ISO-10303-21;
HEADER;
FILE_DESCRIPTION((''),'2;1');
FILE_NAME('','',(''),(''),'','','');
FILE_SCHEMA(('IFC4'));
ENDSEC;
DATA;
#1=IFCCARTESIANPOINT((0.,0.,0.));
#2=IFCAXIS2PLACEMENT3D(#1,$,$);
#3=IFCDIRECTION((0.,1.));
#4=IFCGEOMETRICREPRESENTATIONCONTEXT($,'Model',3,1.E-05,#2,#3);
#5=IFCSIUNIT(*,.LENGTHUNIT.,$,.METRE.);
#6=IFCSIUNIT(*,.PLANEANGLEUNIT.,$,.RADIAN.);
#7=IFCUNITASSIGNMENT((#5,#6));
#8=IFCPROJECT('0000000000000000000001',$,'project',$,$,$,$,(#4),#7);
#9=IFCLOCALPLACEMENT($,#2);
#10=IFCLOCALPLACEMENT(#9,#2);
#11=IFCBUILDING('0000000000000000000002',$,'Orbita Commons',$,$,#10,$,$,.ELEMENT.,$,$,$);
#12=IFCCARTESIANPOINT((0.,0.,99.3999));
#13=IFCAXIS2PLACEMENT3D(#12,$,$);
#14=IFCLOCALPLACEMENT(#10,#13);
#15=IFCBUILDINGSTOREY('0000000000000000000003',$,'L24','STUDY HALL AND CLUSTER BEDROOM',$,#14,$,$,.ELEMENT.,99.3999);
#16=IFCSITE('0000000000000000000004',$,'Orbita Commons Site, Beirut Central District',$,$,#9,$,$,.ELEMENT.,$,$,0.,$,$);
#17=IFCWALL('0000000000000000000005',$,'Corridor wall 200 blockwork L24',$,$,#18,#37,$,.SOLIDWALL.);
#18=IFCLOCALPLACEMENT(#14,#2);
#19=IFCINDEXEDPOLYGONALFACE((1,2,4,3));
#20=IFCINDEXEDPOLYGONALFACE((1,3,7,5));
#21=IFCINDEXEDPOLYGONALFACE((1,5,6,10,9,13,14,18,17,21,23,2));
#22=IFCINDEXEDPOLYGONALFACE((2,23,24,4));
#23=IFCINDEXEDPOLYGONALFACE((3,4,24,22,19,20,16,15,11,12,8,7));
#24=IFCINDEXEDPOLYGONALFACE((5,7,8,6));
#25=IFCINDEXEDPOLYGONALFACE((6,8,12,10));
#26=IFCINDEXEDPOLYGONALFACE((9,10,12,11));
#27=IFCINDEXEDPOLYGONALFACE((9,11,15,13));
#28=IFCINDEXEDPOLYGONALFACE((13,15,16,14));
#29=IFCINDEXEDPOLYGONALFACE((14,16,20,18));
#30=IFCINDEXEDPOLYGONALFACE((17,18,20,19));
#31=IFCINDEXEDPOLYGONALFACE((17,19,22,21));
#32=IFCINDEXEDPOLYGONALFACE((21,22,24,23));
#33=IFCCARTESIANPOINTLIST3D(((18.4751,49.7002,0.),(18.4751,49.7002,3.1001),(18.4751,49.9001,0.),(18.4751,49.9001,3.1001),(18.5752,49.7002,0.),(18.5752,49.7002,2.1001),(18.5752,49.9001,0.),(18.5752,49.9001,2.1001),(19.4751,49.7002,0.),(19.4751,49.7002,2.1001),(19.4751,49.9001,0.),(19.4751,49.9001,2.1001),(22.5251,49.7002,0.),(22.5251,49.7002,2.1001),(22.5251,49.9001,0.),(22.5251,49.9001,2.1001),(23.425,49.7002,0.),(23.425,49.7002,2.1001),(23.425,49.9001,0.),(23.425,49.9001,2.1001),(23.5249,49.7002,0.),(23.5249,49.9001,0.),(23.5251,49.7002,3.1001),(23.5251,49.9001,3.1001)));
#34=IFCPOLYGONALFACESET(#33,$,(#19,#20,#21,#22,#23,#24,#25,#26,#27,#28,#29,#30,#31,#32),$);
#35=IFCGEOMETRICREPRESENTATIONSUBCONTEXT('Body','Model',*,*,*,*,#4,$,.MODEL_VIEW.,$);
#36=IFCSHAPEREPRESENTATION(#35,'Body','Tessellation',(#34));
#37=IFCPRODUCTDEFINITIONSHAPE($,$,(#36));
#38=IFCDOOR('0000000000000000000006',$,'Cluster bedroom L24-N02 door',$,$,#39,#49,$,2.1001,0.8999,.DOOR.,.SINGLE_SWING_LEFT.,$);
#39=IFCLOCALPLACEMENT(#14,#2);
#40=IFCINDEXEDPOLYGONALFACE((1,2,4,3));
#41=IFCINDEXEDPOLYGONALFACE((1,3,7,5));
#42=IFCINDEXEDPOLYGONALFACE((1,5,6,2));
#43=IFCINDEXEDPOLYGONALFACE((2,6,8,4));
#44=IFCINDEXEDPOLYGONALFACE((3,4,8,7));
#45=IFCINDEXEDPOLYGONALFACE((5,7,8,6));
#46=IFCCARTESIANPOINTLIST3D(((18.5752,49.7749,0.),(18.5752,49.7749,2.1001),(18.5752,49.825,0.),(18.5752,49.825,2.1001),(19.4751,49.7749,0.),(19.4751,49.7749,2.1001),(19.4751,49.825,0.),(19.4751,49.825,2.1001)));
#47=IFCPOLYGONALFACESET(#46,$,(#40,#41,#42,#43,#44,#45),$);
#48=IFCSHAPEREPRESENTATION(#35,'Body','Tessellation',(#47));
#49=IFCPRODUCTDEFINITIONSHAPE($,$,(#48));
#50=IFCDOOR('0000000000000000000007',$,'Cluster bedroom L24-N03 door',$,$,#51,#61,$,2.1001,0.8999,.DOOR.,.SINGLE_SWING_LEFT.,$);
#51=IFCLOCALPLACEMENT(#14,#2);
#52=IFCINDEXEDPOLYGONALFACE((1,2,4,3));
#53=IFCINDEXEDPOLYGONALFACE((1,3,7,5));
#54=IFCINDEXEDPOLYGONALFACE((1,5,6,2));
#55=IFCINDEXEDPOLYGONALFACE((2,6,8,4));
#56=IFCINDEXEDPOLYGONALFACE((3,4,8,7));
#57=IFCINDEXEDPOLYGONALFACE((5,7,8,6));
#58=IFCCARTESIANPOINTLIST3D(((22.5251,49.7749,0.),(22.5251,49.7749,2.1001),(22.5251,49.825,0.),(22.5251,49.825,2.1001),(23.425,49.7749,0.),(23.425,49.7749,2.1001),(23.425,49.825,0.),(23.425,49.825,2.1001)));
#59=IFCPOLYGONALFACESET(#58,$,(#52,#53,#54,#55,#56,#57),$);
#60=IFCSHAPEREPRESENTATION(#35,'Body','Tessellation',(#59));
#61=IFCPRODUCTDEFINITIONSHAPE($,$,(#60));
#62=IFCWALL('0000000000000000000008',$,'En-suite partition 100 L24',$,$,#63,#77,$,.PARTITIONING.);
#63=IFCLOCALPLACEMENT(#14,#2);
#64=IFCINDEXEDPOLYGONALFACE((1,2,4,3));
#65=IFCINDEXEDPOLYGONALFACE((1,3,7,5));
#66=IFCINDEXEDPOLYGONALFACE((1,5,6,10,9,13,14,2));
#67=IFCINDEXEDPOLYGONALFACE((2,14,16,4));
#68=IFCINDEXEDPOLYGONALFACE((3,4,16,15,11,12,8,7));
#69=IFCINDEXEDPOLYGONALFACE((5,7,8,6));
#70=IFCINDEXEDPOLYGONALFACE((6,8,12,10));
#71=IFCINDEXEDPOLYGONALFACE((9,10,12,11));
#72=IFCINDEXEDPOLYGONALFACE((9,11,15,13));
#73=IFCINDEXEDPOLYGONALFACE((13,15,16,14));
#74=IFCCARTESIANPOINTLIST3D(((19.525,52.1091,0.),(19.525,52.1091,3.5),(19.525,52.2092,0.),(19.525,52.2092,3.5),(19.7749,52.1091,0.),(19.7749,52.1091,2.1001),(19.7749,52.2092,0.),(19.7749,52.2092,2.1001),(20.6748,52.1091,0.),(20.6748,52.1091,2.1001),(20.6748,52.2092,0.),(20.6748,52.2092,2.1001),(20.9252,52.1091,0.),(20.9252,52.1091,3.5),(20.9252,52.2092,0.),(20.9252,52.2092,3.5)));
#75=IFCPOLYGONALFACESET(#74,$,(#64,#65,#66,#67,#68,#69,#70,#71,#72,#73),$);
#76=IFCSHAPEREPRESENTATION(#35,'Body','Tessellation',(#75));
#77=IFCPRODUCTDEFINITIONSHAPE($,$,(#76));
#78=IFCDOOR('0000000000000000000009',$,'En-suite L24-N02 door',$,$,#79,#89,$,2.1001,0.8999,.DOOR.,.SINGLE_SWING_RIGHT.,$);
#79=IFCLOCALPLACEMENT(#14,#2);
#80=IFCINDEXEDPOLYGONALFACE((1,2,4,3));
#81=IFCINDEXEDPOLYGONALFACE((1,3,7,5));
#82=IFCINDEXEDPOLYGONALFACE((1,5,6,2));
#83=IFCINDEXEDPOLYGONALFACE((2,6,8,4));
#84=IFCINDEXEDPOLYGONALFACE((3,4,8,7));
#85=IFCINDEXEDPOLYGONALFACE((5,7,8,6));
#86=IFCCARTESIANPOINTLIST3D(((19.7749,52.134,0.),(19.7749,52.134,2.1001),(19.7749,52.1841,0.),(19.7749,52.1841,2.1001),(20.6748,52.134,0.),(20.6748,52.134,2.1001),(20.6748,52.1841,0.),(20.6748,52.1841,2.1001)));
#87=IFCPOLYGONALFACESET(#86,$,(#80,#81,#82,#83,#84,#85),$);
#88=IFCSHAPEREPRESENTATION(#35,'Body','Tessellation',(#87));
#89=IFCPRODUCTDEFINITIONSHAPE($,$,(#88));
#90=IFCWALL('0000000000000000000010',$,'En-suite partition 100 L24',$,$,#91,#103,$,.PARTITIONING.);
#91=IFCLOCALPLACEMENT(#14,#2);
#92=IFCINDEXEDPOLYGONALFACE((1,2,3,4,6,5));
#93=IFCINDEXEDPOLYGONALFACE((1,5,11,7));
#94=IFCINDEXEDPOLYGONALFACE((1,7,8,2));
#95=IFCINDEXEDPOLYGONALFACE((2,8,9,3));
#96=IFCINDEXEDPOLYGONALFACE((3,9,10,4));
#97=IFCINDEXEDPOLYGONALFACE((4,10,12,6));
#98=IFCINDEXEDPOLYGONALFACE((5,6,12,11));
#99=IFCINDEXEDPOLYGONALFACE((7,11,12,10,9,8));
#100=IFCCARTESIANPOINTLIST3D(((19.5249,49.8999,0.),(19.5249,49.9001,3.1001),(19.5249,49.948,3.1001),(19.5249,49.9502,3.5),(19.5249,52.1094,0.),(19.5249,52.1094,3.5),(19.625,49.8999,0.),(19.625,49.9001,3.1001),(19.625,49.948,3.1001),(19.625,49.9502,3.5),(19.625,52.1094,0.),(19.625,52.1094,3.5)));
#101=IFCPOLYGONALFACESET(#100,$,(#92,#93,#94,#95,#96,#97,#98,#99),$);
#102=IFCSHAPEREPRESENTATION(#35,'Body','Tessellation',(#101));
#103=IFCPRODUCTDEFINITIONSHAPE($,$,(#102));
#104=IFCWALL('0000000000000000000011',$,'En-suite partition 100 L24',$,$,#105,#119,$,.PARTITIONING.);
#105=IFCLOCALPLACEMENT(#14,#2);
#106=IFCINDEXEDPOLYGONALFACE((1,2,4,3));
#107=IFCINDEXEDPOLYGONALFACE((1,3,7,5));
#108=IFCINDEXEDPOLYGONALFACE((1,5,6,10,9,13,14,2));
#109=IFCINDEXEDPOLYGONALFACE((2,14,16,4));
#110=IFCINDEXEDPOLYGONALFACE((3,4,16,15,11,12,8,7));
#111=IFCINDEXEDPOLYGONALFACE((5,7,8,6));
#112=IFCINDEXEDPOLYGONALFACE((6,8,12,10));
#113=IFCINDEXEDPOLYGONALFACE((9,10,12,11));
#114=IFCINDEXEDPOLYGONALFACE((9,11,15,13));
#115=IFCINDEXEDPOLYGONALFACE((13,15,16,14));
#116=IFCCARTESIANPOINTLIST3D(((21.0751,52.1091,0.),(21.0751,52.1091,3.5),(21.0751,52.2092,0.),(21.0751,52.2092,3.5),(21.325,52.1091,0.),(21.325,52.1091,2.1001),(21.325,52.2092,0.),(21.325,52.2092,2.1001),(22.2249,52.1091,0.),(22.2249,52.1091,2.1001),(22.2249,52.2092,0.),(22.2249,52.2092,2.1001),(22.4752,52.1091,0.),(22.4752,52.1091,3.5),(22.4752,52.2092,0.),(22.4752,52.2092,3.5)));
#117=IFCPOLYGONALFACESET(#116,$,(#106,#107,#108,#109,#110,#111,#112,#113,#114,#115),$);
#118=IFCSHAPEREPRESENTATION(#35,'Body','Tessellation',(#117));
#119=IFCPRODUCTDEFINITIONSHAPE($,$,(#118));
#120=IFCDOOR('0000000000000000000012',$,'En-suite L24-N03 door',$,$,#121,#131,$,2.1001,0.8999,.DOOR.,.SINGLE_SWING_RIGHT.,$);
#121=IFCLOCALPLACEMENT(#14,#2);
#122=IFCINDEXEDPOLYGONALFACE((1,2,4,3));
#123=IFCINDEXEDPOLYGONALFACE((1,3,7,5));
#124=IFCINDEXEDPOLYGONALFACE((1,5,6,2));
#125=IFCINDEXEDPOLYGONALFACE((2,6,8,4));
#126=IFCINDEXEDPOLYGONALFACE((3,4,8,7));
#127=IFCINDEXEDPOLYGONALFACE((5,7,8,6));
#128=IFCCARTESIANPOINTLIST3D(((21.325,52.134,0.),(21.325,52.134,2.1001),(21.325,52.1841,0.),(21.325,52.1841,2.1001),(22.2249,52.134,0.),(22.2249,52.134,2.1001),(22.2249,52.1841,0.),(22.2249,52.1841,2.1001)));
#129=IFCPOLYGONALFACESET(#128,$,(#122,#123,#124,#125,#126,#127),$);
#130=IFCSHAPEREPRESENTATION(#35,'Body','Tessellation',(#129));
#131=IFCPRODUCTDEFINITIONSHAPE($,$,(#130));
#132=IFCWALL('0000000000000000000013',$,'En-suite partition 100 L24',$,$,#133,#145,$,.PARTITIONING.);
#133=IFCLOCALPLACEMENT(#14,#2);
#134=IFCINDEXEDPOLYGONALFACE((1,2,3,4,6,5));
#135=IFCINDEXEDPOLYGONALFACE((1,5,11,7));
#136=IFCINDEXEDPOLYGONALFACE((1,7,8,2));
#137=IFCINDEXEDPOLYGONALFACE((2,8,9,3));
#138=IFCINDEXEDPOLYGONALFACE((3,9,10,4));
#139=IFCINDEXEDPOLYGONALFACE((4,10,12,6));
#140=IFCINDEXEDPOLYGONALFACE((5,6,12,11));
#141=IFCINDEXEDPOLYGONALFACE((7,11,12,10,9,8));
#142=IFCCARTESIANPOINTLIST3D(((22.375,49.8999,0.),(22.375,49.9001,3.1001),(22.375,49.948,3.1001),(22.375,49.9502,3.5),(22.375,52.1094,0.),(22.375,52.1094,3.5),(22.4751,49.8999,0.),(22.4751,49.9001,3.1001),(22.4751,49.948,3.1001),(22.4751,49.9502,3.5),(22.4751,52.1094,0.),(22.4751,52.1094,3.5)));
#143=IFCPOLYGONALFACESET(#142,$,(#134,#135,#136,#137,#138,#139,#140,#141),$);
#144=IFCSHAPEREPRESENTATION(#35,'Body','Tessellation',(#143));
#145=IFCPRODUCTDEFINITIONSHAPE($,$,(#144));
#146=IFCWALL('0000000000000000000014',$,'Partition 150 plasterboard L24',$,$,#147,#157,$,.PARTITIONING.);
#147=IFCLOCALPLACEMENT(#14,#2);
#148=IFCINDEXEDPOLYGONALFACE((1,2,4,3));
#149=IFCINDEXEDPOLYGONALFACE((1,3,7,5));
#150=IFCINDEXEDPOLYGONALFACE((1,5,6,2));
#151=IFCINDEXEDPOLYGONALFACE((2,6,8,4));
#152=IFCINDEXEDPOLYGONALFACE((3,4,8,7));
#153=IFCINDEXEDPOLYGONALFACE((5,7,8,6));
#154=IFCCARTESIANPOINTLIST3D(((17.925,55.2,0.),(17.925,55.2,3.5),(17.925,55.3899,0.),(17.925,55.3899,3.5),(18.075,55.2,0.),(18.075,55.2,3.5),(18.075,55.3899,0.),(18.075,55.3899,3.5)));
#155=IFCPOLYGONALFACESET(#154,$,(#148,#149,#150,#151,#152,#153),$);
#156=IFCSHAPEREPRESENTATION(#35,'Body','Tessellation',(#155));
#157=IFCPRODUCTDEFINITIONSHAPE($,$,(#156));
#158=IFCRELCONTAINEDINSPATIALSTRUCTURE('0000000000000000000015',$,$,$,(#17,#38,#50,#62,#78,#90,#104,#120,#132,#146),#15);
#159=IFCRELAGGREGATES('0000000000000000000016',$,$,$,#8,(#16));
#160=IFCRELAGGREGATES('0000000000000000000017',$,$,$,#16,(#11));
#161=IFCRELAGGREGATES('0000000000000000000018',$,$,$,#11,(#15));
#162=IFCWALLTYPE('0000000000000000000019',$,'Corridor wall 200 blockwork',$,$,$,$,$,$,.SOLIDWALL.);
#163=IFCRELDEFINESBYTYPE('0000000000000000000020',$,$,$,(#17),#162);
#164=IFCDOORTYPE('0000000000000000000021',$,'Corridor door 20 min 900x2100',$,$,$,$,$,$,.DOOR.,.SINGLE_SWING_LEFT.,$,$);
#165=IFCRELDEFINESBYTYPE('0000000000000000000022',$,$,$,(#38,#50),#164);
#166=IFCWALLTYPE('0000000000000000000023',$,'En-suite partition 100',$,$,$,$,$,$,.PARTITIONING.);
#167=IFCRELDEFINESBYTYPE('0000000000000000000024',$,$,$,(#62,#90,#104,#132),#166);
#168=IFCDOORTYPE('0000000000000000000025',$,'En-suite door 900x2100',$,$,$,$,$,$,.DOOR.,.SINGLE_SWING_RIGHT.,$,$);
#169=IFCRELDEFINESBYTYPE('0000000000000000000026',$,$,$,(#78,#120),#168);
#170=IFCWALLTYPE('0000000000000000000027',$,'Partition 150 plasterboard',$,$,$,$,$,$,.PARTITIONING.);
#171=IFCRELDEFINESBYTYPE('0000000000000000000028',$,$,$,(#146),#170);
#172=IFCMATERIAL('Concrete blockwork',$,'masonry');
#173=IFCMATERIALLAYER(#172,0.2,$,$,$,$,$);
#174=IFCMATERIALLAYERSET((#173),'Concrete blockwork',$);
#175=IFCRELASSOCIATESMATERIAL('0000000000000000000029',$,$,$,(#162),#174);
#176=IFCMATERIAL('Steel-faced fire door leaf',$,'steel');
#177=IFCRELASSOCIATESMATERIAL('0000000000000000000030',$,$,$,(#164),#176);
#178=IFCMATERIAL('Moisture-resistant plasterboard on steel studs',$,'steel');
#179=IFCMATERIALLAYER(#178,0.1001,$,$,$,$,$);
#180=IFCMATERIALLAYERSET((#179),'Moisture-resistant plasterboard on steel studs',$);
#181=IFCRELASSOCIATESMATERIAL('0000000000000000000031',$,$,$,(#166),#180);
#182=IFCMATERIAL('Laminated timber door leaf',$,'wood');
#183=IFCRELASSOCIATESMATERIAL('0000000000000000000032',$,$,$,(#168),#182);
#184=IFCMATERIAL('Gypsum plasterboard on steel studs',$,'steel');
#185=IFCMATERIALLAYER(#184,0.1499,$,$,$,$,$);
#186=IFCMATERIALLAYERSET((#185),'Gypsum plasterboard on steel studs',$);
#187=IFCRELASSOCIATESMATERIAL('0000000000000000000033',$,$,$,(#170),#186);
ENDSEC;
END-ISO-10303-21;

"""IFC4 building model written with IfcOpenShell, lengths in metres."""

from ifc_helpers import new_model, si_unit, direction, frame, frame_2d, origin, place, context, subcontext, project, spatial, polyline, rectangle, outline, extrude, material, layer, layer_set, type_object, element, fill, save


model = new_model("IFC4")

# Units and contexts
model_context = context("Model", 3, precision=1e-05, world=origin(), true_north=direction((0.0, 1.0)))
body_context = subcontext(model_context, "Body", "Model", "MODEL_VIEW")
ifc_project = project(units=[si_unit("LENGTHUNIT", "METRE"), si_unit("PLANEANGLEUNIT", "RADIAN")], contexts=[model_context])

# Site, building, storey
site_placement = place(None, origin())
site = spatial("IfcSite", under=ifc_project, at=site_placement, Name="Orbita Commons Site, Beirut Central District", CompositionType="ELEMENT", RefElevation=0.0)
building_placement = place(site_placement, origin())
building = spatial("IfcBuilding", under=site, at=building_placement, Name="Orbita Commons", CompositionType="ELEMENT")
storey_placement = place(building_placement, frame((0.0, 0.0, 99.3999)))
storey = spatial("IfcBuildingStorey", under=building, at=storey_placement, Name="L24", Description="STUDY HALL AND CLUSTER BEDROOM", CompositionType="ELEMENT", Elevation=99.3999)

# Wall, openings, doors
ifc_material_1 = material(Name="Concrete blockwork", Category="masonry")
ifc_layer_1 = layer(ifc_material_1, 0.2)
ifc_layer_set_1 = layer_set([ifc_layer_1], Name="Concrete blockwork")
wall_type_1 = type_object("IfcWallType", Name="Corridor wall 200 blockwork", PredefinedType="SOLIDWALL", material=ifc_layer_set_1)
wall_1_placement = place(storey_placement, frame((18.4751, 49.8, 0.0), z_axis=(0.0, 0.0, 1.0), x_axis=(1.0, 0.0, 0.0)))
wall_1 = element("IfcWall", 1, at=wall_1_placement, inside=storey, type_object=wall_type_1, Name="Corridor wall 200 blockwork L24", PredefinedType="SOLIDWALL", context=body_context, shape_type="SweptSolid", body=[
    extrude(outline(polyline([(0.0, 0.0), (5.0498, 0.0), (5.05, 3.1001), (0.0, 3.1001), (0.0, 0.0)])), frame((0.0, 0.1001, 0.0), z_axis=(0.0, -1.0, 0.0), x_axis=(1.0, 0.0, 0.0)), (0.0, 0.0, 1.0), 0.2),
])
opening_1_placement = place(wall_1_placement, frame((0.1001, 0.0, 0.0)))
opening_1 = element("IfcOpeningElement", 2, at=opening_1_placement, cuts=wall_1, PredefinedType="OPENING", context=body_context, shape_type="SweptSolid", body=[
    extrude(rectangle(XDim=0.8999, YDim=2.1001, at=frame_2d((0.45, 1.05))), frame((0.0, 0.1099, 0.0), z_axis=(0.0, -1.0, 0.0), x_axis=(1.0, 0.0, 0.0)), (0.0, 0.0, 1.0), 0.22),
])
opening_2_placement = place(wall_1_placement, frame((4.05, 0.0, 0.0)))
opening_2 = element("IfcOpeningElement", 3, at=opening_2_placement, cuts=wall_1, PredefinedType="OPENING", context=body_context, shape_type="SweptSolid", body=[
    extrude(rectangle(XDim=0.8999, YDim=2.1001, at=frame_2d((0.45, 1.05))), frame((0.0, 0.1099, 0.0), z_axis=(0.0, -1.0, 0.0), x_axis=(1.0, 0.0, 0.0)), (0.0, 0.0, 1.0), 0.22),
])
ifc_material_2 = material(Name="Steel-faced fire door leaf", Category="steel")
door_type_1 = type_object("IfcDoorType", Name="Corridor door 20 min 900x2100", OperationType="SINGLE_SWING_LEFT", PredefinedType="DOOR", material=ifc_material_2)
door_1_placement = place(opening_1_placement, origin())
door_1 = element("IfcDoor", 4, at=door_1_placement, inside=storey, type_object=door_type_1, Name="Cluster bedroom L24-N02 door", OperationType="SINGLE_SWING_LEFT", OverallHeight=2.1001, OverallWidth=0.8999, PredefinedType="DOOR", context=body_context, shape_type="SweptSolid", body=[
    extrude(rectangle(XDim=0.8999, YDim=2.1001, at=frame_2d((0.45, 1.05))), frame((0.0, 0.0249, 0.0), z_axis=(0.0, -1.0, 0.0), x_axis=(1.0, 0.0, 0.0)), (0.0, 0.0, 1.0), 0.05),
])
fill(opening_1, door_1)
door_2_placement = place(opening_2_placement, origin())
door_2 = element("IfcDoor", 5, at=door_2_placement, inside=storey, type_object=door_type_1, Name="Cluster bedroom L24-N03 door", OperationType="SINGLE_SWING_LEFT", OverallHeight=2.1001, OverallWidth=0.8999, PredefinedType="DOOR", context=body_context, shape_type="SweptSolid", body=[
    extrude(rectangle(XDim=0.8999, YDim=2.1001, at=frame_2d((0.45, 1.05))), frame((0.0, 0.0249, 0.0), z_axis=(0.0, -1.0, 0.0), x_axis=(1.0, 0.0, 0.0)), (0.0, 0.0, 1.0), 0.05),
])
fill(opening_2, door_2)

# Wall, opening, door
ifc_material_3 = material(Name="Moisture-resistant plasterboard on steel studs", Category="steel")
ifc_layer_2 = layer(ifc_material_3, 0.1001)
ifc_layer_set_2 = layer_set([ifc_layer_2], Name="Moisture-resistant plasterboard on steel studs")
wall_type_2 = type_object("IfcWallType", Name="En-suite partition 100", PredefinedType="PARTITIONING", material=ifc_layer_set_2)
wall_2_placement = place(storey_placement, frame((19.5249, 52.1592, 0.0), z_axis=(0.0, 0.0, 1.0), x_axis=(1.0, 0.0, 0.0)))
wall_2 = element("IfcWall", 6, at=wall_2_placement, inside=storey, type_object=wall_type_2, Name="En-suite partition 100 L24", PredefinedType="PARTITIONING", context=body_context, shape_type="SweptSolid", body=[
    extrude(rectangle(XDim=1.4001, YDim=0.1001, at=frame_2d((0.7002, 0.0))), origin(), (0.0, 0.0, 1.0), 3.5),
])
opening_3_placement = place(wall_2_placement, frame((0.25, 0.0, 0.0)))
opening_3 = element("IfcOpeningElement", 7, at=opening_3_placement, cuts=wall_2, PredefinedType="OPENING", context=body_context, shape_type="SweptSolid", body=[
    extrude(rectangle(XDim=0.8999, YDim=2.1001, at=frame_2d((0.45, 1.05))), frame((0.0, 0.0601, 0.0), z_axis=(0.0, -1.0, 0.0), x_axis=(1.0, 0.0, 0.0)), (0.0, 0.0, 1.0), 0.1201),
])
ifc_material_4 = material(Name="Laminated timber door leaf", Category="wood")
door_type_2 = type_object("IfcDoorType", Name="En-suite door 900x2100", OperationType="SINGLE_SWING_RIGHT", PredefinedType="DOOR", material=ifc_material_4)
door_3_placement = place(opening_3_placement, origin())
door_3 = element("IfcDoor", 8, at=door_3_placement, inside=storey, type_object=door_type_2, Name="En-suite L24-N02 door", OperationType="SINGLE_SWING_RIGHT", OverallHeight=2.1001, OverallWidth=0.8999, PredefinedType="DOOR", context=body_context, shape_type="SweptSolid", body=[
    extrude(rectangle(XDim=0.8999, YDim=2.1001, at=frame_2d((0.45, 1.05))), frame((0.0, 0.0249, 0.0), z_axis=(0.0, -1.0, 0.0), x_axis=(1.0, 0.0, 0.0)), (0.0, 0.0, 1.0), 0.05),
])
fill(opening_3, door_3)

# Wall
wall_3_placement = place(storey_placement, frame((19.575, 52.1094, 0.0), z_axis=(0.0, 0.0, 1.0), x_axis=(0.0, -1.0, 0.0)))
element("IfcWall", 9, at=wall_3_placement, inside=storey, type_object=wall_type_2, Name="En-suite partition 100 L24", PredefinedType="PARTITIONING", context=body_context, shape_type="SweptSolid", body=[
    extrude(outline(polyline([(0.0, 0.0), (2.2095, 0.0), (2.2092, 3.1001), (2.1614, 3.1001), (2.1592, 3.5), (0.0, 3.5), (0.0, 0.0)])), frame((0.0, 0.05, 0.0), z_axis=(0.0, -1.0, 0.0), x_axis=(1.0, 0.0, 0.0)), (0.0, 0.0, 1.0), 0.1001),
])

# Wall, opening, door
wall_4_placement = place(storey_placement, frame((21.075, 52.1592, 0.0), z_axis=(0.0, 0.0, 1.0), x_axis=(1.0, 0.0, 0.0)))
wall_4 = element("IfcWall", 10, at=wall_4_placement, inside=storey, type_object=wall_type_2, Name="En-suite partition 100 L24", PredefinedType="PARTITIONING", context=body_context, shape_type="SweptSolid", body=[
    extrude(rectangle(XDim=1.4001, YDim=0.1001, at=frame_2d((0.7002, 0.0))), origin(), (0.0, 0.0, 1.0), 3.5),
])
opening_4_placement = place(wall_4_placement, frame((0.25, 0.0, 0.0)))
opening_4 = element("IfcOpeningElement", 11, at=opening_4_placement, cuts=wall_4, PredefinedType="OPENING", context=body_context, shape_type="SweptSolid", body=[
    extrude(rectangle(XDim=0.8999, YDim=2.1001, at=frame_2d((0.45, 1.05))), frame((0.0, 0.0601, 0.0), z_axis=(0.0, -1.0, 0.0), x_axis=(1.0, 0.0, 0.0)), (0.0, 0.0, 1.0), 0.1201),
])
door_4_placement = place(opening_4_placement, origin())
door_4 = element("IfcDoor", 12, at=door_4_placement, inside=storey, type_object=door_type_2, Name="En-suite L24-N03 door", OperationType="SINGLE_SWING_RIGHT", OverallHeight=2.1001, OverallWidth=0.8999, PredefinedType="DOOR", context=body_context, shape_type="SweptSolid", body=[
    extrude(rectangle(XDim=0.8999, YDim=2.1001, at=frame_2d((0.45, 1.05))), frame((0.0, 0.0249, 0.0), z_axis=(0.0, -1.0, 0.0), x_axis=(1.0, 0.0, 0.0)), (0.0, 0.0, 1.0), 0.05),
])
fill(opening_4, door_4)

# Walls
wall_5_placement = place(storey_placement, frame((22.425, 52.1094, 0.0), z_axis=(0.0, 0.0, 1.0), x_axis=(0.0, -1.0, 0.0)))
element("IfcWall", 13, at=wall_5_placement, inside=storey, type_object=wall_type_2, Name="En-suite partition 100 L24", PredefinedType="PARTITIONING", context=body_context, shape_type="SweptSolid", body=[
    extrude(outline(polyline([(0.0, 0.0), (2.2095, 0.0), (2.2092, 3.1001), (2.1614, 3.1001), (2.1592, 3.5), (0.0, 3.5), (0.0, 0.0)])), frame((0.0, 0.05, 0.0), z_axis=(0.0, -1.0, 0.0), x_axis=(1.0, 0.0, 0.0)), (0.0, 0.0, 1.0), 0.1001),
])
ifc_material_5 = material(Name="Gypsum plasterboard on steel studs", Category="steel")
ifc_layer_3 = layer(ifc_material_5, 0.1499)
ifc_layer_set_3 = layer_set([ifc_layer_3], Name="Gypsum plasterboard on steel studs")
wall_type_3 = type_object("IfcWallType", Name="Partition 150 plasterboard", PredefinedType="PARTITIONING", material=ifc_layer_set_3)
wall_6_placement = place(storey_placement, frame((18.0, 55.2, 0.0), z_axis=(0.0, 0.0, 1.0), x_axis=(0.0, 1.0, 0.0)))
element("IfcWall", 14, at=wall_6_placement, inside=storey, type_object=wall_type_3, Name="Partition 150 plasterboard L24", PredefinedType="PARTITIONING", context=body_context, shape_type="SweptSolid", body=[
    extrude(rectangle(XDim=0.1899, YDim=0.1499, at=frame_2d((0.095, 0.0))), origin(), (0.0, 0.0, 1.0), 3.5),
])

save(model, "model.ifc")
